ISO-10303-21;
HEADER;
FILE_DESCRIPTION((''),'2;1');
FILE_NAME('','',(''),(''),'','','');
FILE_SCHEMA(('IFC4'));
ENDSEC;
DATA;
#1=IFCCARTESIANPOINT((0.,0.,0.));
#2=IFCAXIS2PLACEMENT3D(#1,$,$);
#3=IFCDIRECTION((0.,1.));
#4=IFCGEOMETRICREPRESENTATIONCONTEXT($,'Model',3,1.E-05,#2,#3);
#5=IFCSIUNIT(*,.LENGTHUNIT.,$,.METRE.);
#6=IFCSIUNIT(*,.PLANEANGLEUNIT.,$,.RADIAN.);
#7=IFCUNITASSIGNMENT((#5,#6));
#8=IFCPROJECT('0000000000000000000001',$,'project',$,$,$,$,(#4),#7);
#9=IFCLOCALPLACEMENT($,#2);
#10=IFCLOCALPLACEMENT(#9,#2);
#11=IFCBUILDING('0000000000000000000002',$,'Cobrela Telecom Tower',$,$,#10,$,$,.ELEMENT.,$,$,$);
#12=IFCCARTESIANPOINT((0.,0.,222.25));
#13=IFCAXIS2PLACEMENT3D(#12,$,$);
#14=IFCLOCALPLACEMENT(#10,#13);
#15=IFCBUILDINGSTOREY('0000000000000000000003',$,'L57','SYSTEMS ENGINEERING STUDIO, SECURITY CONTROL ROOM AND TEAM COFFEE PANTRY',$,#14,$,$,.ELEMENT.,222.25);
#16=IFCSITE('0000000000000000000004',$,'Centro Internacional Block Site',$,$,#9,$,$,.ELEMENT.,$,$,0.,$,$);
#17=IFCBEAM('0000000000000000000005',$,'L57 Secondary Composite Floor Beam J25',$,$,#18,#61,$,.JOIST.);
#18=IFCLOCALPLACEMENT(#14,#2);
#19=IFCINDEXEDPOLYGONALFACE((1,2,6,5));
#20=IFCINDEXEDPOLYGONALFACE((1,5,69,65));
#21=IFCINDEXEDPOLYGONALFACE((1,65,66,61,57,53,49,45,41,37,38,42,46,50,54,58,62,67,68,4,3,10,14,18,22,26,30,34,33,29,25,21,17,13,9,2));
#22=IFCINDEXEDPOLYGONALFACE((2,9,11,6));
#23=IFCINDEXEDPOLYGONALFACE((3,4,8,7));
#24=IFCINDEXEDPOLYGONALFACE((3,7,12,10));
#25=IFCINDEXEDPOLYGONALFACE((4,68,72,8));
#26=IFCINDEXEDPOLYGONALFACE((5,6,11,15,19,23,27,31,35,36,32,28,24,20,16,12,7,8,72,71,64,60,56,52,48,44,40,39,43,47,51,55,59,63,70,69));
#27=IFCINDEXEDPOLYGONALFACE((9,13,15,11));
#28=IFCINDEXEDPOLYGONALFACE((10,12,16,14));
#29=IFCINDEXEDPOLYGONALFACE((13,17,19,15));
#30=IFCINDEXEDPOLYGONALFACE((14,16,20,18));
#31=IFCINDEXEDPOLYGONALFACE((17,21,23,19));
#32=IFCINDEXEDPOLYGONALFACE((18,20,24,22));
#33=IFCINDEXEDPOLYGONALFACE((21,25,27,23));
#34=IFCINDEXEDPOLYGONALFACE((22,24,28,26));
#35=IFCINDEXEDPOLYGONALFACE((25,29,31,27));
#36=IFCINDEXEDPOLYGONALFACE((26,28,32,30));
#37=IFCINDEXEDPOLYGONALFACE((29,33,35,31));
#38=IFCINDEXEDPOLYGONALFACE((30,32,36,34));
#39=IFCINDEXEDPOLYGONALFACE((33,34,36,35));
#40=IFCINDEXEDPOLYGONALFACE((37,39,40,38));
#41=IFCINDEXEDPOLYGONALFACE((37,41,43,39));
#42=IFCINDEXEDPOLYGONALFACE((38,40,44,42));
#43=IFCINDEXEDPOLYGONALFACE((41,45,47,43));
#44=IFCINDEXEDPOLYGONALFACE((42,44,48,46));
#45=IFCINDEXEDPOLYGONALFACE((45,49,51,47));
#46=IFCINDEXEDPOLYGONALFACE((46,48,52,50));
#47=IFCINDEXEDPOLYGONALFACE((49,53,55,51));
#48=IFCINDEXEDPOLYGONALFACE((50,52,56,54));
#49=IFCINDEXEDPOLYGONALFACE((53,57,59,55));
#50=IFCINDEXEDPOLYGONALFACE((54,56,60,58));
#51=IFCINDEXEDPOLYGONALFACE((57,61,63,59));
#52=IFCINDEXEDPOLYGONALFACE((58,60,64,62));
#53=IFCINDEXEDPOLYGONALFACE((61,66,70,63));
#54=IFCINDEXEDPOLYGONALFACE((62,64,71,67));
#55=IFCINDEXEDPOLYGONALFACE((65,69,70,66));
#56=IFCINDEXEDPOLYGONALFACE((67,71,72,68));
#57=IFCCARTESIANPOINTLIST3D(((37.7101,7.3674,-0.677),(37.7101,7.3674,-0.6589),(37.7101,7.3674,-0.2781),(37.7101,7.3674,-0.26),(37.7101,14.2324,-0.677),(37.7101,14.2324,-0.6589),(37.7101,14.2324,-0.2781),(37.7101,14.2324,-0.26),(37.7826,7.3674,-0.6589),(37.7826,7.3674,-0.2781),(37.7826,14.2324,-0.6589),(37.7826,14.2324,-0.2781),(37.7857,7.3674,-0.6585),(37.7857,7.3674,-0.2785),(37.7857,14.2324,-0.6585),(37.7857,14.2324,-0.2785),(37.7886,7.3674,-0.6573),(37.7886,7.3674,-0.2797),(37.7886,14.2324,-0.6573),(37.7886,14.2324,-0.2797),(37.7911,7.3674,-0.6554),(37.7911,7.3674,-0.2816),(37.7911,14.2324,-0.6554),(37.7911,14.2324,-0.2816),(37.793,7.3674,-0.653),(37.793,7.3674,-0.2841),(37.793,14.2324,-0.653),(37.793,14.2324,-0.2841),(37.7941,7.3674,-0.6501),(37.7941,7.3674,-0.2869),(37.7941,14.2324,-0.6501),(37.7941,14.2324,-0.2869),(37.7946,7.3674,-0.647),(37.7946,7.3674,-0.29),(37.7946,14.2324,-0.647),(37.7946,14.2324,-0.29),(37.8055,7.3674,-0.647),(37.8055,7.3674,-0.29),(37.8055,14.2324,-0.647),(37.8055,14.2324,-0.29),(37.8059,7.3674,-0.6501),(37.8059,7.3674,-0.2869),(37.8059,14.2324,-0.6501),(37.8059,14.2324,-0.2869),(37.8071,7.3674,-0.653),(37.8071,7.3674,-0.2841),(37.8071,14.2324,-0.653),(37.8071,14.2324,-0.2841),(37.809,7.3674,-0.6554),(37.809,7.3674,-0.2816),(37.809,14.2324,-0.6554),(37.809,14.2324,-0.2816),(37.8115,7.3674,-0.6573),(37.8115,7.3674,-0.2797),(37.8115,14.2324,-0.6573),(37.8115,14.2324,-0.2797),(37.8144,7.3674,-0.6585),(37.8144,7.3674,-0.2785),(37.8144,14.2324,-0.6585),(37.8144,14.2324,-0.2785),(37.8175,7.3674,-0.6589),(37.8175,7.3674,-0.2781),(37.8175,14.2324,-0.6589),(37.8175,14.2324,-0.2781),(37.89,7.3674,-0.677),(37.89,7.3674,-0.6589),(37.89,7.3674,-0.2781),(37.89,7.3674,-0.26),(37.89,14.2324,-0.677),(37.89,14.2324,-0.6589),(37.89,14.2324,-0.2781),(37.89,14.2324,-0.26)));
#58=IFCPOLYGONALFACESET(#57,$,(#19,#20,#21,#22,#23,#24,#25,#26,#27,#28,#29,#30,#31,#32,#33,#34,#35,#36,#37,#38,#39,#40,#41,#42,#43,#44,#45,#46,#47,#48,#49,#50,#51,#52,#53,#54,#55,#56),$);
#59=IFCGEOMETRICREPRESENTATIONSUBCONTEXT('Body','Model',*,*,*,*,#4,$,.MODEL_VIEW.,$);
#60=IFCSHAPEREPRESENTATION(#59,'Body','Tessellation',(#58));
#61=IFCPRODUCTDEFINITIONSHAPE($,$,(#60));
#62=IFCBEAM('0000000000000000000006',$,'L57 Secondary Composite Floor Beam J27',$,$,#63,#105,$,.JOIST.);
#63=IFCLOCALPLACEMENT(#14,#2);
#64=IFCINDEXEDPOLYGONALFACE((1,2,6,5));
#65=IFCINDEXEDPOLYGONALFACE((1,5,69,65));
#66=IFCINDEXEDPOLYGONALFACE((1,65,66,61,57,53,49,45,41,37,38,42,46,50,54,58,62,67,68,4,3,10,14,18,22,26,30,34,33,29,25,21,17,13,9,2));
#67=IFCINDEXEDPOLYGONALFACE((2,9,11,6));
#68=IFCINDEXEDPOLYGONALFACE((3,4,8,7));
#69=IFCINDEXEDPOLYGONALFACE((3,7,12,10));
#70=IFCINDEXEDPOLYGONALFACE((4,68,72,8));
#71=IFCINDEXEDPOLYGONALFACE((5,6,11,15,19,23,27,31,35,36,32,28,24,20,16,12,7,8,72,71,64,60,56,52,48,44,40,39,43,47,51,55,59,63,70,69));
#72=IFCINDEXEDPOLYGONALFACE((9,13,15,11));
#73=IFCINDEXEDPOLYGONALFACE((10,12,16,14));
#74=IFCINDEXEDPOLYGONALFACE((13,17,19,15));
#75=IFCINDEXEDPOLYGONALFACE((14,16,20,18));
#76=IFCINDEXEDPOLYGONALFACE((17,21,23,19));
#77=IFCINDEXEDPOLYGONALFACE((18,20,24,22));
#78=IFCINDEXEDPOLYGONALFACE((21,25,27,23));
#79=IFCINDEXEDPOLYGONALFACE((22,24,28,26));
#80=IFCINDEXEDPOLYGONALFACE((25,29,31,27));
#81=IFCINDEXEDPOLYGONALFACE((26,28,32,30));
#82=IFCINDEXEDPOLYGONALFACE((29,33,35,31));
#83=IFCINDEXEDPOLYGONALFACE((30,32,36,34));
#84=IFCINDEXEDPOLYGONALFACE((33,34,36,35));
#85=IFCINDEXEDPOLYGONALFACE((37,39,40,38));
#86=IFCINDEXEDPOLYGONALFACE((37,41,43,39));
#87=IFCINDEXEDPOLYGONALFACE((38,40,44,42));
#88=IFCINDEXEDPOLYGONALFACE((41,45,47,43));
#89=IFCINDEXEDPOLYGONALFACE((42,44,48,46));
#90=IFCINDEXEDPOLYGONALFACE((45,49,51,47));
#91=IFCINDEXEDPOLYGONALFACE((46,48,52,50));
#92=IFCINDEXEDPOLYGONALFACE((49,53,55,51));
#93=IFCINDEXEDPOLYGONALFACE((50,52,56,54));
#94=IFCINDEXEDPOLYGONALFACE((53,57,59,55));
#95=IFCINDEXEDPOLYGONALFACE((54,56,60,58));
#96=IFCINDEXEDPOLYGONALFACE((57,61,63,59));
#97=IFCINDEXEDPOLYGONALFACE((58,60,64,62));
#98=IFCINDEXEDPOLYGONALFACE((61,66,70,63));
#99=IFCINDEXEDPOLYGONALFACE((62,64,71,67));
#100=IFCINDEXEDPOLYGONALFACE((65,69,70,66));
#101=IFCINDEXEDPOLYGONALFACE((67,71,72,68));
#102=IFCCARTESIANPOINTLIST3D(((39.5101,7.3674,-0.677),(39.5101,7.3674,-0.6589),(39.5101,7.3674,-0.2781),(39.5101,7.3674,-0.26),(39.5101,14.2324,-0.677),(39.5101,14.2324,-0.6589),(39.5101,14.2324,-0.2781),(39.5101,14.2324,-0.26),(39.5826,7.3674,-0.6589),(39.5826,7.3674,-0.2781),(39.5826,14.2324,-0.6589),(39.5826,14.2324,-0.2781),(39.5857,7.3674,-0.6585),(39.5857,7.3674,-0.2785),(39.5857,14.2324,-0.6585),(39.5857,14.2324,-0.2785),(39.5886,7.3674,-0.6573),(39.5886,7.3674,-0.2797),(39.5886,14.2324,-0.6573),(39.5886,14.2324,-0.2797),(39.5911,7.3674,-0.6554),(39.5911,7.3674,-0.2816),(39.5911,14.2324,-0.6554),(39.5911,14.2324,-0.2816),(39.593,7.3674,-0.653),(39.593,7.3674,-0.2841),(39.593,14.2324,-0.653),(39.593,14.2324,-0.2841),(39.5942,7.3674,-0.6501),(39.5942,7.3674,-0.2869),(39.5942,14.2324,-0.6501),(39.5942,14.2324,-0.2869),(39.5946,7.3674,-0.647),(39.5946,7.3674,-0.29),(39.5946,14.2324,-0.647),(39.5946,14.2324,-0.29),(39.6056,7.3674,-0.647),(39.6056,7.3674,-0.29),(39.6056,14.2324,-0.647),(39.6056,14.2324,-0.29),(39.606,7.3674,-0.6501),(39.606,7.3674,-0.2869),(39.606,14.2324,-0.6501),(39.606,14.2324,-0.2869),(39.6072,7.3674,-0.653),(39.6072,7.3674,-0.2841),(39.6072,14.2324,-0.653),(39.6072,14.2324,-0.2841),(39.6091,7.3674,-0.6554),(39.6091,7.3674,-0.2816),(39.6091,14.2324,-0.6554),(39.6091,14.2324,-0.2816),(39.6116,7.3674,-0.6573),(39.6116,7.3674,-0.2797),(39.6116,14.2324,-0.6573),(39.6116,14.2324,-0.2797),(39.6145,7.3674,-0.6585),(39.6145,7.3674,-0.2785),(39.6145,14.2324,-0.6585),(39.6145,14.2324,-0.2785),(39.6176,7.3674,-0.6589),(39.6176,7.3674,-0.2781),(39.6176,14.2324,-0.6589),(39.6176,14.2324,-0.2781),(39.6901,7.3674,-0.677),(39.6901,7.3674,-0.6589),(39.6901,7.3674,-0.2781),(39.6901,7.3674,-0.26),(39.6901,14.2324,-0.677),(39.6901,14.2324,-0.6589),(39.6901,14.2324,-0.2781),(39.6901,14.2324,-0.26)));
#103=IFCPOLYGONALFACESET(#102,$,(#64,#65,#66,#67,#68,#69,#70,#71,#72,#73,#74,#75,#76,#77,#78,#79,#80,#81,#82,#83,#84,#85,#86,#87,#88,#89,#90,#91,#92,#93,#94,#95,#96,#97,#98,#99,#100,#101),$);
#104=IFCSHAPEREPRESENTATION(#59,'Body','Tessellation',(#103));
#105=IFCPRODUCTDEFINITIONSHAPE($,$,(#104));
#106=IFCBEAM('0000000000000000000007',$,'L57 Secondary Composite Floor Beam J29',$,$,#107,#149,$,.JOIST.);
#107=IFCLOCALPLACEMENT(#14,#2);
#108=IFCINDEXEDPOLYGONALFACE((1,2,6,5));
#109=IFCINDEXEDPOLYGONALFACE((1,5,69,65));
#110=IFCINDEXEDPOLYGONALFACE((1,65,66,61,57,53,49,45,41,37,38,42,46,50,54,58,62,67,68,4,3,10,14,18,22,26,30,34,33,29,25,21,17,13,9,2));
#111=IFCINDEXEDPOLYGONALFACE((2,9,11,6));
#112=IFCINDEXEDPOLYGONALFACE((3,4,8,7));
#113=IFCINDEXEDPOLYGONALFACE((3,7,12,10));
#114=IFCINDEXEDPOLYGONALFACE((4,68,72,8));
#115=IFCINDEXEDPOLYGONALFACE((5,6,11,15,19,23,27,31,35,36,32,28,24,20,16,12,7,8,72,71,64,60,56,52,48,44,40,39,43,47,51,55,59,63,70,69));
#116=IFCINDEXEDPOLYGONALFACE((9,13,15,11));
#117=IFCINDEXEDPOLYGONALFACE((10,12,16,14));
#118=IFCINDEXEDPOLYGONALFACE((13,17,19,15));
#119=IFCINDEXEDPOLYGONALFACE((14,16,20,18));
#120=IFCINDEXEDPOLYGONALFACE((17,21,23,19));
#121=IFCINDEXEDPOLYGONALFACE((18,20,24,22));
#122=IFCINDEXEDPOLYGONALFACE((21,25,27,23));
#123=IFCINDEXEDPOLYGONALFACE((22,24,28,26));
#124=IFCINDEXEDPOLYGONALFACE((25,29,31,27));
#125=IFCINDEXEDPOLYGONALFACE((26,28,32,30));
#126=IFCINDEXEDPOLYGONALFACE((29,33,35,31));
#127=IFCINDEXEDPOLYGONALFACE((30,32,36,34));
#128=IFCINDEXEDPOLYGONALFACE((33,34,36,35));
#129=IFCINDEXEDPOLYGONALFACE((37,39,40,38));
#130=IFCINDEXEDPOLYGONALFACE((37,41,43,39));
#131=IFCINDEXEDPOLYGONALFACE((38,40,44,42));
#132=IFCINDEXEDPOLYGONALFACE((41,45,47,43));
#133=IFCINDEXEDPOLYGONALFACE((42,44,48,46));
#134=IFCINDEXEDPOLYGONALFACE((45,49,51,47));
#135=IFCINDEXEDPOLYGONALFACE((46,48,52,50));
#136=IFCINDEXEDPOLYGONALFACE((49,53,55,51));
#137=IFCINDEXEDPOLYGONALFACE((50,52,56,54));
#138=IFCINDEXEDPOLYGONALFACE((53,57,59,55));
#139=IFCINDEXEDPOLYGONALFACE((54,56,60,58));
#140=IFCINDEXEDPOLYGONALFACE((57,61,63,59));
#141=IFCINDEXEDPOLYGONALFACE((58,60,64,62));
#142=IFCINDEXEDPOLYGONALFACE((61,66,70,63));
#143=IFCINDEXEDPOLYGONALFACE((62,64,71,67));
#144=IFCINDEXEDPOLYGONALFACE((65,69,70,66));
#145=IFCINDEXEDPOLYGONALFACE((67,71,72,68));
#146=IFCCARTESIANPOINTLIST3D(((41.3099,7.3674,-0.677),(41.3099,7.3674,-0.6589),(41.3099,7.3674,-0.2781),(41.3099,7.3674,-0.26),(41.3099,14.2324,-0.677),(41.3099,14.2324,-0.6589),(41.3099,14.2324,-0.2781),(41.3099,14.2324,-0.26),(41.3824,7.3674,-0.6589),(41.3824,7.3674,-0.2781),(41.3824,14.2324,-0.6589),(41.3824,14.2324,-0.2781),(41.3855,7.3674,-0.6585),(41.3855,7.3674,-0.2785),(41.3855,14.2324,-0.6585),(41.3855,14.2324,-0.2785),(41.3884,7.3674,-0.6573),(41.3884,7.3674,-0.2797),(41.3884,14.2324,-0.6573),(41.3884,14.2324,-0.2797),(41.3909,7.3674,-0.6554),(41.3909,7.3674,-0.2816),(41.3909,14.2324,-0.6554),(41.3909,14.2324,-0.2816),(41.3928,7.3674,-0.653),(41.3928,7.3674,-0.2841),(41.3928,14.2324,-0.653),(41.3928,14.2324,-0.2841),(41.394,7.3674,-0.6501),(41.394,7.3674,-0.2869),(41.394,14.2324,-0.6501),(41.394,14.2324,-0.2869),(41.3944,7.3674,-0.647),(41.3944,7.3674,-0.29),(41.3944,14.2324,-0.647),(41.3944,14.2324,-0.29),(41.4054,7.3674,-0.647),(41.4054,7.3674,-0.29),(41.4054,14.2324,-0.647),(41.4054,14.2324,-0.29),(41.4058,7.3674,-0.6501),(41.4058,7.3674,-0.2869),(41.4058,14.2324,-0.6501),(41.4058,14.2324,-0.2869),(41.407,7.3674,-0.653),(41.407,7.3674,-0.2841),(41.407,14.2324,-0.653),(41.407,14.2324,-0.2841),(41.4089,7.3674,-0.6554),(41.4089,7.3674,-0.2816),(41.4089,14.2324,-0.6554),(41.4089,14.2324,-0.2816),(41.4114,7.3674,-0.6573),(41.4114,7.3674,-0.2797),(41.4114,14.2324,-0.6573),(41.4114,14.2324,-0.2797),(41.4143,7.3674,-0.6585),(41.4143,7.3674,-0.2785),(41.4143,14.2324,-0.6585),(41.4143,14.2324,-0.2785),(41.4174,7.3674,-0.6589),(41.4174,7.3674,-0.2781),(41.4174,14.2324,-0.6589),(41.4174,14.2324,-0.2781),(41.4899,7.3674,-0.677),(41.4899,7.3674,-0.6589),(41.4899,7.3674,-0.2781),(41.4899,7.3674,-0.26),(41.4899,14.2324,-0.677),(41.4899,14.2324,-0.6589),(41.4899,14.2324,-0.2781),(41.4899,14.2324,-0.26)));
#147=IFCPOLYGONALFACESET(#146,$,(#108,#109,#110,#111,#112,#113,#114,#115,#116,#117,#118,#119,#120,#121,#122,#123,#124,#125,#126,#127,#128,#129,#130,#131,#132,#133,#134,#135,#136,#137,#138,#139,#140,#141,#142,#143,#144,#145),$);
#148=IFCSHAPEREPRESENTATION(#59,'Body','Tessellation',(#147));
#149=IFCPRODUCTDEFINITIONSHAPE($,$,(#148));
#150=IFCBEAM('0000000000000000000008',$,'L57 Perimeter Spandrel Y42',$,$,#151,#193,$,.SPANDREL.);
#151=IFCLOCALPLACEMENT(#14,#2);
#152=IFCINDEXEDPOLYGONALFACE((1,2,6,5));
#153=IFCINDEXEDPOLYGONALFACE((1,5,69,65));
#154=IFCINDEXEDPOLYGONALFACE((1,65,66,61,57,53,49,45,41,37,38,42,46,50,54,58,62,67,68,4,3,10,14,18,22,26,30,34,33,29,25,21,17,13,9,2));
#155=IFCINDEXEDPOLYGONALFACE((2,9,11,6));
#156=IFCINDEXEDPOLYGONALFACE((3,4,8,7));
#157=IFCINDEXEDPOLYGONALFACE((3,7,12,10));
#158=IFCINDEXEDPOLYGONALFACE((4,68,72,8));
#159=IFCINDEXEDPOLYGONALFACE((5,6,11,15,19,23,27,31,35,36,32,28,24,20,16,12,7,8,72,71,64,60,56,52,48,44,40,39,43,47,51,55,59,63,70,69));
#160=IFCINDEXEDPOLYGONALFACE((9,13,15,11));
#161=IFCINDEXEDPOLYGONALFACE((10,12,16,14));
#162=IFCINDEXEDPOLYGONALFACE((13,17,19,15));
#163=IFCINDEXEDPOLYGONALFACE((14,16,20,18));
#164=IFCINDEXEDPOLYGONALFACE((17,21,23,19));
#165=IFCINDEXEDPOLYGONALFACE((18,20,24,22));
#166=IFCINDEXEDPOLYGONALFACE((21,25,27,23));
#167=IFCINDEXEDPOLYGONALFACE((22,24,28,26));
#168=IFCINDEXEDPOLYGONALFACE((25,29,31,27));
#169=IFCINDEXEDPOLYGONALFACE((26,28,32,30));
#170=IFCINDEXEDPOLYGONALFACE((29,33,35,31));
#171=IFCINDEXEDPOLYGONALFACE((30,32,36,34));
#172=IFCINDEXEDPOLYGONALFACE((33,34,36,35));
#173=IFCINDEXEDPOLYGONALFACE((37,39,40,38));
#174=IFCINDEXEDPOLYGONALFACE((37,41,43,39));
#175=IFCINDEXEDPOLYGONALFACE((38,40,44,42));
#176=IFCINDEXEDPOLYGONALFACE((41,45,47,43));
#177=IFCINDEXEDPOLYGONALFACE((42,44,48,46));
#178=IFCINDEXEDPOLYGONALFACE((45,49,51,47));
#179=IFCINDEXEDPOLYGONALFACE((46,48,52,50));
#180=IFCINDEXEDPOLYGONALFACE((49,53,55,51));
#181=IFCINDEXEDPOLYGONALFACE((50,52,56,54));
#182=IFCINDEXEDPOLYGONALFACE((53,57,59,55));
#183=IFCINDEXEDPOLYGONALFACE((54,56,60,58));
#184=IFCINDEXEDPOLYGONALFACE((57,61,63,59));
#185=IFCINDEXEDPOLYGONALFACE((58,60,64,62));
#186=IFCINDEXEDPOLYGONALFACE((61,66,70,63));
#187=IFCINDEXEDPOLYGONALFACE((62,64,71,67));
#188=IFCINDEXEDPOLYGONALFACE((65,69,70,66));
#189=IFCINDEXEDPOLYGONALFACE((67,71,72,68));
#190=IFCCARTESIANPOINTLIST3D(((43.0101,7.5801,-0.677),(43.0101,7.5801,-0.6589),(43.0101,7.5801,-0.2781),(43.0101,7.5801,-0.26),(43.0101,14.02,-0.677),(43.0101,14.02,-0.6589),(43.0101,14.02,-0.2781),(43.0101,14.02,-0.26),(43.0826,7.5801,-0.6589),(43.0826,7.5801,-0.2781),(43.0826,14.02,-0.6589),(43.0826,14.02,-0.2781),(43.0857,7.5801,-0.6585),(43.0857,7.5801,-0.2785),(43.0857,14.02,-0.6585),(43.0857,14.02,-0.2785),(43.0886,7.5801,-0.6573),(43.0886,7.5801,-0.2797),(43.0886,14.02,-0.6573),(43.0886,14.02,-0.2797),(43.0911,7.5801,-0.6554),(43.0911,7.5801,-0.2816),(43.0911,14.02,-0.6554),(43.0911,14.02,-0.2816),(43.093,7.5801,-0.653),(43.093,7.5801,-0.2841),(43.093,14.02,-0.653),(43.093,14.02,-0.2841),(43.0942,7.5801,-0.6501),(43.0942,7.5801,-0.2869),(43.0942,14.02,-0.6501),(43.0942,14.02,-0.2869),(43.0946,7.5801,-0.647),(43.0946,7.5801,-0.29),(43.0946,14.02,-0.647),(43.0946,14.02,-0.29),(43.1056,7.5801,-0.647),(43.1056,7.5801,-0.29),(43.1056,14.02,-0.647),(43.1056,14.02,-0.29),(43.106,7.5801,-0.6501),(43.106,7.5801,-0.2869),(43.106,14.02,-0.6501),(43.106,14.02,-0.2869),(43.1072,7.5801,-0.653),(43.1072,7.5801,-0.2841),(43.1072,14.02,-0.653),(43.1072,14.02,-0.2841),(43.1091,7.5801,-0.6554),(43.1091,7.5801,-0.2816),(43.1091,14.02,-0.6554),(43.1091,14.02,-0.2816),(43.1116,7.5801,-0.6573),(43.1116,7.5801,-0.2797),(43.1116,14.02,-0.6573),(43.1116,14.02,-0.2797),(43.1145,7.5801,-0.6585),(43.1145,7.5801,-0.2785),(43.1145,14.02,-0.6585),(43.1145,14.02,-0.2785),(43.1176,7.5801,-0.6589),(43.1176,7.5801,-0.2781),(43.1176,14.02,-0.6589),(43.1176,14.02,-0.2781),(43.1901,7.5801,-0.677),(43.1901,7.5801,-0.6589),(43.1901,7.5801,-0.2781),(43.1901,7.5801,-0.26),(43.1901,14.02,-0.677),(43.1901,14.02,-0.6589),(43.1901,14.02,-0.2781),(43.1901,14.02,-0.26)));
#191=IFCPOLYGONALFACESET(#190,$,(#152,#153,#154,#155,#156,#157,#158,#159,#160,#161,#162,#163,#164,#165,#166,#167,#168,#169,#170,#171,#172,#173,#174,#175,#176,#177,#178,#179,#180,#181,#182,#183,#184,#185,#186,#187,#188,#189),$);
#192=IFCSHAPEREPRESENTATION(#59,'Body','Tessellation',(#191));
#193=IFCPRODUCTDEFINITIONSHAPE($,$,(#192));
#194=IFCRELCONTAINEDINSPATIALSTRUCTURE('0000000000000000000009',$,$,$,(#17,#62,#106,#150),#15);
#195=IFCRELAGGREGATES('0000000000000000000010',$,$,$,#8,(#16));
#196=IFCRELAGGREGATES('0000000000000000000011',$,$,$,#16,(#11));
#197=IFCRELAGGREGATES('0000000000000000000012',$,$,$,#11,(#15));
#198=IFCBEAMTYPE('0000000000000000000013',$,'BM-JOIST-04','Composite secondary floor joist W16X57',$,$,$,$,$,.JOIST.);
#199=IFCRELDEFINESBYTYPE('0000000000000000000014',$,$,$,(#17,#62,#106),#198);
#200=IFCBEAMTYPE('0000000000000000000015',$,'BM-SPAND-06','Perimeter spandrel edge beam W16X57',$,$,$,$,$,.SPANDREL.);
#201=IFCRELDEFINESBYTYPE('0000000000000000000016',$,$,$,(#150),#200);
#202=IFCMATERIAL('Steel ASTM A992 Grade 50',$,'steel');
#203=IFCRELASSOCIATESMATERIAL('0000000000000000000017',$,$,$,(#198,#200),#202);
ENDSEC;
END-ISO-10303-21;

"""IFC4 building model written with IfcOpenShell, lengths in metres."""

from ifc_helpers import new_model, si_unit, direction, frame, origin, origin_2d, place, context, subcontext, project, spatial, i_section, extrude, material, material_profile, profile_set, type_object, element, save


model = new_model("IFC4")

# Units and contexts
model_context = context("Model", 3, precision=1e-05, world=origin(), true_north=direction((0.0, 1.0)))
body_context = subcontext(model_context, "Body", "Model", "MODEL_VIEW")
ifc_project = project(units=[si_unit("LENGTHUNIT", "METRE"), si_unit("PLANEANGLEUNIT", "RADIAN")], contexts=[model_context])

# Site, building, storey
site_placement = place(None, origin())
site = spatial("IfcSite", under=ifc_project, at=site_placement, Name="Centro Internacional Block Site", CompositionType="ELEMENT", RefElevation=0.0)
building_placement = place(site_placement, origin())
building = spatial("IfcBuilding", under=site, at=building_placement, Name="Cobrela Telecom Tower", CompositionType="ELEMENT")
storey_placement = place(building_placement, frame((0.0, 0.0, 222.25)))
storey = spatial("IfcBuildingStorey", under=building, at=storey_placement, Name="L57", Description="SYSTEMS ENGINEERING STUDIO, SECURITY CONTROL ROOM AND TEAM COFFEE PANTRY", CompositionType="ELEMENT", Elevation=222.25)

# Shared definitions
ifc_material_1 = material(Name="Steel ASTM A992 Grade 50", Category="steel")

# Beams
ifc_material_profile_1 = material_profile(ifc_material_1, i_section(OverallWidth=0.1799, OverallDepth=0.417, WebThickness=0.011, FlangeThickness=0.0181, FilletRadius=0.012, at=origin_2d()), Name="W16X57")
ifc_profile_set_1 = profile_set([ifc_material_profile_1], Name="Steel ASTM A992 Grade 50")
beam_type_1 = type_object("IfcBeamType", Name="BM-JOIST-04", Description="Composite secondary floor joist W16X57", PredefinedType="JOIST", material=ifc_profile_set_1)
for number, where, z_axis, x_axis, name in (
    (1, (37.8, 7.3674, -0.4685), (0.0, 1.0, 0.0), (-1.0, 0.0, 0.0), "L57 Secondary Composite Floor Beam J25"),
    (2, (39.6001, 7.3674, -0.4685), (0.0, 1.0, 0.0), (-1.0, 0.0, 0.0), "L57 Secondary Composite Floor Beam J27"),
    (3, (41.3999, 7.3674, -0.4685), (0.0, 1.0, 0.0), (-1.0, 0.0, 0.0), "L57 Secondary Composite Floor Beam J29"),
):
    element("IfcBeam", number, at=place(storey_placement, frame(where, z_axis=z_axis, x_axis=x_axis)), inside=storey, type_object=beam_type_1, Name=name, PredefinedType="JOIST", context=body_context, shape_type="SweptSolid", body=[
        extrude(i_section(OverallWidth=0.1799, OverallDepth=0.417, WebThickness=0.011, FlangeThickness=0.0181, FilletRadius=0.012, at=origin_2d()), origin(), (0.0, 0.0, 1.0), 6.865),
    ])
ifc_material_profile_2 = material_profile(ifc_material_1, i_section(OverallWidth=0.1799, OverallDepth=0.417, WebThickness=0.011, FlangeThickness=0.0181, FilletRadius=0.012, at=origin_2d()), Name="W16X57")
ifc_profile_set_2 = profile_set([ifc_material_profile_2], Name="Steel ASTM A992 Grade 50")
beam_type_2 = type_object("IfcBeamType", Name="BM-SPAND-06", Description="Perimeter spandrel edge beam W16X57", PredefinedType="SPANDREL", material=ifc_profile_set_2)
beam_1_placement = place(storey_placement, frame((43.1001, 7.5801, -0.4685), z_axis=(0.0, 1.0, 0.0), x_axis=(-1.0, 0.0, 0.0)))
element("IfcBeam", 4, at=beam_1_placement, inside=storey, type_object=beam_type_2, Name="L57 Perimeter Spandrel Y42", PredefinedType="SPANDREL", context=body_context, shape_type="SweptSolid", body=[
    extrude(i_section(OverallWidth=0.1799, OverallDepth=0.417, WebThickness=0.011, FlangeThickness=0.0181, FilletRadius=0.012, at=origin_2d()), origin(), (0.0, 0.0, 1.0), 6.4399),
])

save(model, "model.ifc")
